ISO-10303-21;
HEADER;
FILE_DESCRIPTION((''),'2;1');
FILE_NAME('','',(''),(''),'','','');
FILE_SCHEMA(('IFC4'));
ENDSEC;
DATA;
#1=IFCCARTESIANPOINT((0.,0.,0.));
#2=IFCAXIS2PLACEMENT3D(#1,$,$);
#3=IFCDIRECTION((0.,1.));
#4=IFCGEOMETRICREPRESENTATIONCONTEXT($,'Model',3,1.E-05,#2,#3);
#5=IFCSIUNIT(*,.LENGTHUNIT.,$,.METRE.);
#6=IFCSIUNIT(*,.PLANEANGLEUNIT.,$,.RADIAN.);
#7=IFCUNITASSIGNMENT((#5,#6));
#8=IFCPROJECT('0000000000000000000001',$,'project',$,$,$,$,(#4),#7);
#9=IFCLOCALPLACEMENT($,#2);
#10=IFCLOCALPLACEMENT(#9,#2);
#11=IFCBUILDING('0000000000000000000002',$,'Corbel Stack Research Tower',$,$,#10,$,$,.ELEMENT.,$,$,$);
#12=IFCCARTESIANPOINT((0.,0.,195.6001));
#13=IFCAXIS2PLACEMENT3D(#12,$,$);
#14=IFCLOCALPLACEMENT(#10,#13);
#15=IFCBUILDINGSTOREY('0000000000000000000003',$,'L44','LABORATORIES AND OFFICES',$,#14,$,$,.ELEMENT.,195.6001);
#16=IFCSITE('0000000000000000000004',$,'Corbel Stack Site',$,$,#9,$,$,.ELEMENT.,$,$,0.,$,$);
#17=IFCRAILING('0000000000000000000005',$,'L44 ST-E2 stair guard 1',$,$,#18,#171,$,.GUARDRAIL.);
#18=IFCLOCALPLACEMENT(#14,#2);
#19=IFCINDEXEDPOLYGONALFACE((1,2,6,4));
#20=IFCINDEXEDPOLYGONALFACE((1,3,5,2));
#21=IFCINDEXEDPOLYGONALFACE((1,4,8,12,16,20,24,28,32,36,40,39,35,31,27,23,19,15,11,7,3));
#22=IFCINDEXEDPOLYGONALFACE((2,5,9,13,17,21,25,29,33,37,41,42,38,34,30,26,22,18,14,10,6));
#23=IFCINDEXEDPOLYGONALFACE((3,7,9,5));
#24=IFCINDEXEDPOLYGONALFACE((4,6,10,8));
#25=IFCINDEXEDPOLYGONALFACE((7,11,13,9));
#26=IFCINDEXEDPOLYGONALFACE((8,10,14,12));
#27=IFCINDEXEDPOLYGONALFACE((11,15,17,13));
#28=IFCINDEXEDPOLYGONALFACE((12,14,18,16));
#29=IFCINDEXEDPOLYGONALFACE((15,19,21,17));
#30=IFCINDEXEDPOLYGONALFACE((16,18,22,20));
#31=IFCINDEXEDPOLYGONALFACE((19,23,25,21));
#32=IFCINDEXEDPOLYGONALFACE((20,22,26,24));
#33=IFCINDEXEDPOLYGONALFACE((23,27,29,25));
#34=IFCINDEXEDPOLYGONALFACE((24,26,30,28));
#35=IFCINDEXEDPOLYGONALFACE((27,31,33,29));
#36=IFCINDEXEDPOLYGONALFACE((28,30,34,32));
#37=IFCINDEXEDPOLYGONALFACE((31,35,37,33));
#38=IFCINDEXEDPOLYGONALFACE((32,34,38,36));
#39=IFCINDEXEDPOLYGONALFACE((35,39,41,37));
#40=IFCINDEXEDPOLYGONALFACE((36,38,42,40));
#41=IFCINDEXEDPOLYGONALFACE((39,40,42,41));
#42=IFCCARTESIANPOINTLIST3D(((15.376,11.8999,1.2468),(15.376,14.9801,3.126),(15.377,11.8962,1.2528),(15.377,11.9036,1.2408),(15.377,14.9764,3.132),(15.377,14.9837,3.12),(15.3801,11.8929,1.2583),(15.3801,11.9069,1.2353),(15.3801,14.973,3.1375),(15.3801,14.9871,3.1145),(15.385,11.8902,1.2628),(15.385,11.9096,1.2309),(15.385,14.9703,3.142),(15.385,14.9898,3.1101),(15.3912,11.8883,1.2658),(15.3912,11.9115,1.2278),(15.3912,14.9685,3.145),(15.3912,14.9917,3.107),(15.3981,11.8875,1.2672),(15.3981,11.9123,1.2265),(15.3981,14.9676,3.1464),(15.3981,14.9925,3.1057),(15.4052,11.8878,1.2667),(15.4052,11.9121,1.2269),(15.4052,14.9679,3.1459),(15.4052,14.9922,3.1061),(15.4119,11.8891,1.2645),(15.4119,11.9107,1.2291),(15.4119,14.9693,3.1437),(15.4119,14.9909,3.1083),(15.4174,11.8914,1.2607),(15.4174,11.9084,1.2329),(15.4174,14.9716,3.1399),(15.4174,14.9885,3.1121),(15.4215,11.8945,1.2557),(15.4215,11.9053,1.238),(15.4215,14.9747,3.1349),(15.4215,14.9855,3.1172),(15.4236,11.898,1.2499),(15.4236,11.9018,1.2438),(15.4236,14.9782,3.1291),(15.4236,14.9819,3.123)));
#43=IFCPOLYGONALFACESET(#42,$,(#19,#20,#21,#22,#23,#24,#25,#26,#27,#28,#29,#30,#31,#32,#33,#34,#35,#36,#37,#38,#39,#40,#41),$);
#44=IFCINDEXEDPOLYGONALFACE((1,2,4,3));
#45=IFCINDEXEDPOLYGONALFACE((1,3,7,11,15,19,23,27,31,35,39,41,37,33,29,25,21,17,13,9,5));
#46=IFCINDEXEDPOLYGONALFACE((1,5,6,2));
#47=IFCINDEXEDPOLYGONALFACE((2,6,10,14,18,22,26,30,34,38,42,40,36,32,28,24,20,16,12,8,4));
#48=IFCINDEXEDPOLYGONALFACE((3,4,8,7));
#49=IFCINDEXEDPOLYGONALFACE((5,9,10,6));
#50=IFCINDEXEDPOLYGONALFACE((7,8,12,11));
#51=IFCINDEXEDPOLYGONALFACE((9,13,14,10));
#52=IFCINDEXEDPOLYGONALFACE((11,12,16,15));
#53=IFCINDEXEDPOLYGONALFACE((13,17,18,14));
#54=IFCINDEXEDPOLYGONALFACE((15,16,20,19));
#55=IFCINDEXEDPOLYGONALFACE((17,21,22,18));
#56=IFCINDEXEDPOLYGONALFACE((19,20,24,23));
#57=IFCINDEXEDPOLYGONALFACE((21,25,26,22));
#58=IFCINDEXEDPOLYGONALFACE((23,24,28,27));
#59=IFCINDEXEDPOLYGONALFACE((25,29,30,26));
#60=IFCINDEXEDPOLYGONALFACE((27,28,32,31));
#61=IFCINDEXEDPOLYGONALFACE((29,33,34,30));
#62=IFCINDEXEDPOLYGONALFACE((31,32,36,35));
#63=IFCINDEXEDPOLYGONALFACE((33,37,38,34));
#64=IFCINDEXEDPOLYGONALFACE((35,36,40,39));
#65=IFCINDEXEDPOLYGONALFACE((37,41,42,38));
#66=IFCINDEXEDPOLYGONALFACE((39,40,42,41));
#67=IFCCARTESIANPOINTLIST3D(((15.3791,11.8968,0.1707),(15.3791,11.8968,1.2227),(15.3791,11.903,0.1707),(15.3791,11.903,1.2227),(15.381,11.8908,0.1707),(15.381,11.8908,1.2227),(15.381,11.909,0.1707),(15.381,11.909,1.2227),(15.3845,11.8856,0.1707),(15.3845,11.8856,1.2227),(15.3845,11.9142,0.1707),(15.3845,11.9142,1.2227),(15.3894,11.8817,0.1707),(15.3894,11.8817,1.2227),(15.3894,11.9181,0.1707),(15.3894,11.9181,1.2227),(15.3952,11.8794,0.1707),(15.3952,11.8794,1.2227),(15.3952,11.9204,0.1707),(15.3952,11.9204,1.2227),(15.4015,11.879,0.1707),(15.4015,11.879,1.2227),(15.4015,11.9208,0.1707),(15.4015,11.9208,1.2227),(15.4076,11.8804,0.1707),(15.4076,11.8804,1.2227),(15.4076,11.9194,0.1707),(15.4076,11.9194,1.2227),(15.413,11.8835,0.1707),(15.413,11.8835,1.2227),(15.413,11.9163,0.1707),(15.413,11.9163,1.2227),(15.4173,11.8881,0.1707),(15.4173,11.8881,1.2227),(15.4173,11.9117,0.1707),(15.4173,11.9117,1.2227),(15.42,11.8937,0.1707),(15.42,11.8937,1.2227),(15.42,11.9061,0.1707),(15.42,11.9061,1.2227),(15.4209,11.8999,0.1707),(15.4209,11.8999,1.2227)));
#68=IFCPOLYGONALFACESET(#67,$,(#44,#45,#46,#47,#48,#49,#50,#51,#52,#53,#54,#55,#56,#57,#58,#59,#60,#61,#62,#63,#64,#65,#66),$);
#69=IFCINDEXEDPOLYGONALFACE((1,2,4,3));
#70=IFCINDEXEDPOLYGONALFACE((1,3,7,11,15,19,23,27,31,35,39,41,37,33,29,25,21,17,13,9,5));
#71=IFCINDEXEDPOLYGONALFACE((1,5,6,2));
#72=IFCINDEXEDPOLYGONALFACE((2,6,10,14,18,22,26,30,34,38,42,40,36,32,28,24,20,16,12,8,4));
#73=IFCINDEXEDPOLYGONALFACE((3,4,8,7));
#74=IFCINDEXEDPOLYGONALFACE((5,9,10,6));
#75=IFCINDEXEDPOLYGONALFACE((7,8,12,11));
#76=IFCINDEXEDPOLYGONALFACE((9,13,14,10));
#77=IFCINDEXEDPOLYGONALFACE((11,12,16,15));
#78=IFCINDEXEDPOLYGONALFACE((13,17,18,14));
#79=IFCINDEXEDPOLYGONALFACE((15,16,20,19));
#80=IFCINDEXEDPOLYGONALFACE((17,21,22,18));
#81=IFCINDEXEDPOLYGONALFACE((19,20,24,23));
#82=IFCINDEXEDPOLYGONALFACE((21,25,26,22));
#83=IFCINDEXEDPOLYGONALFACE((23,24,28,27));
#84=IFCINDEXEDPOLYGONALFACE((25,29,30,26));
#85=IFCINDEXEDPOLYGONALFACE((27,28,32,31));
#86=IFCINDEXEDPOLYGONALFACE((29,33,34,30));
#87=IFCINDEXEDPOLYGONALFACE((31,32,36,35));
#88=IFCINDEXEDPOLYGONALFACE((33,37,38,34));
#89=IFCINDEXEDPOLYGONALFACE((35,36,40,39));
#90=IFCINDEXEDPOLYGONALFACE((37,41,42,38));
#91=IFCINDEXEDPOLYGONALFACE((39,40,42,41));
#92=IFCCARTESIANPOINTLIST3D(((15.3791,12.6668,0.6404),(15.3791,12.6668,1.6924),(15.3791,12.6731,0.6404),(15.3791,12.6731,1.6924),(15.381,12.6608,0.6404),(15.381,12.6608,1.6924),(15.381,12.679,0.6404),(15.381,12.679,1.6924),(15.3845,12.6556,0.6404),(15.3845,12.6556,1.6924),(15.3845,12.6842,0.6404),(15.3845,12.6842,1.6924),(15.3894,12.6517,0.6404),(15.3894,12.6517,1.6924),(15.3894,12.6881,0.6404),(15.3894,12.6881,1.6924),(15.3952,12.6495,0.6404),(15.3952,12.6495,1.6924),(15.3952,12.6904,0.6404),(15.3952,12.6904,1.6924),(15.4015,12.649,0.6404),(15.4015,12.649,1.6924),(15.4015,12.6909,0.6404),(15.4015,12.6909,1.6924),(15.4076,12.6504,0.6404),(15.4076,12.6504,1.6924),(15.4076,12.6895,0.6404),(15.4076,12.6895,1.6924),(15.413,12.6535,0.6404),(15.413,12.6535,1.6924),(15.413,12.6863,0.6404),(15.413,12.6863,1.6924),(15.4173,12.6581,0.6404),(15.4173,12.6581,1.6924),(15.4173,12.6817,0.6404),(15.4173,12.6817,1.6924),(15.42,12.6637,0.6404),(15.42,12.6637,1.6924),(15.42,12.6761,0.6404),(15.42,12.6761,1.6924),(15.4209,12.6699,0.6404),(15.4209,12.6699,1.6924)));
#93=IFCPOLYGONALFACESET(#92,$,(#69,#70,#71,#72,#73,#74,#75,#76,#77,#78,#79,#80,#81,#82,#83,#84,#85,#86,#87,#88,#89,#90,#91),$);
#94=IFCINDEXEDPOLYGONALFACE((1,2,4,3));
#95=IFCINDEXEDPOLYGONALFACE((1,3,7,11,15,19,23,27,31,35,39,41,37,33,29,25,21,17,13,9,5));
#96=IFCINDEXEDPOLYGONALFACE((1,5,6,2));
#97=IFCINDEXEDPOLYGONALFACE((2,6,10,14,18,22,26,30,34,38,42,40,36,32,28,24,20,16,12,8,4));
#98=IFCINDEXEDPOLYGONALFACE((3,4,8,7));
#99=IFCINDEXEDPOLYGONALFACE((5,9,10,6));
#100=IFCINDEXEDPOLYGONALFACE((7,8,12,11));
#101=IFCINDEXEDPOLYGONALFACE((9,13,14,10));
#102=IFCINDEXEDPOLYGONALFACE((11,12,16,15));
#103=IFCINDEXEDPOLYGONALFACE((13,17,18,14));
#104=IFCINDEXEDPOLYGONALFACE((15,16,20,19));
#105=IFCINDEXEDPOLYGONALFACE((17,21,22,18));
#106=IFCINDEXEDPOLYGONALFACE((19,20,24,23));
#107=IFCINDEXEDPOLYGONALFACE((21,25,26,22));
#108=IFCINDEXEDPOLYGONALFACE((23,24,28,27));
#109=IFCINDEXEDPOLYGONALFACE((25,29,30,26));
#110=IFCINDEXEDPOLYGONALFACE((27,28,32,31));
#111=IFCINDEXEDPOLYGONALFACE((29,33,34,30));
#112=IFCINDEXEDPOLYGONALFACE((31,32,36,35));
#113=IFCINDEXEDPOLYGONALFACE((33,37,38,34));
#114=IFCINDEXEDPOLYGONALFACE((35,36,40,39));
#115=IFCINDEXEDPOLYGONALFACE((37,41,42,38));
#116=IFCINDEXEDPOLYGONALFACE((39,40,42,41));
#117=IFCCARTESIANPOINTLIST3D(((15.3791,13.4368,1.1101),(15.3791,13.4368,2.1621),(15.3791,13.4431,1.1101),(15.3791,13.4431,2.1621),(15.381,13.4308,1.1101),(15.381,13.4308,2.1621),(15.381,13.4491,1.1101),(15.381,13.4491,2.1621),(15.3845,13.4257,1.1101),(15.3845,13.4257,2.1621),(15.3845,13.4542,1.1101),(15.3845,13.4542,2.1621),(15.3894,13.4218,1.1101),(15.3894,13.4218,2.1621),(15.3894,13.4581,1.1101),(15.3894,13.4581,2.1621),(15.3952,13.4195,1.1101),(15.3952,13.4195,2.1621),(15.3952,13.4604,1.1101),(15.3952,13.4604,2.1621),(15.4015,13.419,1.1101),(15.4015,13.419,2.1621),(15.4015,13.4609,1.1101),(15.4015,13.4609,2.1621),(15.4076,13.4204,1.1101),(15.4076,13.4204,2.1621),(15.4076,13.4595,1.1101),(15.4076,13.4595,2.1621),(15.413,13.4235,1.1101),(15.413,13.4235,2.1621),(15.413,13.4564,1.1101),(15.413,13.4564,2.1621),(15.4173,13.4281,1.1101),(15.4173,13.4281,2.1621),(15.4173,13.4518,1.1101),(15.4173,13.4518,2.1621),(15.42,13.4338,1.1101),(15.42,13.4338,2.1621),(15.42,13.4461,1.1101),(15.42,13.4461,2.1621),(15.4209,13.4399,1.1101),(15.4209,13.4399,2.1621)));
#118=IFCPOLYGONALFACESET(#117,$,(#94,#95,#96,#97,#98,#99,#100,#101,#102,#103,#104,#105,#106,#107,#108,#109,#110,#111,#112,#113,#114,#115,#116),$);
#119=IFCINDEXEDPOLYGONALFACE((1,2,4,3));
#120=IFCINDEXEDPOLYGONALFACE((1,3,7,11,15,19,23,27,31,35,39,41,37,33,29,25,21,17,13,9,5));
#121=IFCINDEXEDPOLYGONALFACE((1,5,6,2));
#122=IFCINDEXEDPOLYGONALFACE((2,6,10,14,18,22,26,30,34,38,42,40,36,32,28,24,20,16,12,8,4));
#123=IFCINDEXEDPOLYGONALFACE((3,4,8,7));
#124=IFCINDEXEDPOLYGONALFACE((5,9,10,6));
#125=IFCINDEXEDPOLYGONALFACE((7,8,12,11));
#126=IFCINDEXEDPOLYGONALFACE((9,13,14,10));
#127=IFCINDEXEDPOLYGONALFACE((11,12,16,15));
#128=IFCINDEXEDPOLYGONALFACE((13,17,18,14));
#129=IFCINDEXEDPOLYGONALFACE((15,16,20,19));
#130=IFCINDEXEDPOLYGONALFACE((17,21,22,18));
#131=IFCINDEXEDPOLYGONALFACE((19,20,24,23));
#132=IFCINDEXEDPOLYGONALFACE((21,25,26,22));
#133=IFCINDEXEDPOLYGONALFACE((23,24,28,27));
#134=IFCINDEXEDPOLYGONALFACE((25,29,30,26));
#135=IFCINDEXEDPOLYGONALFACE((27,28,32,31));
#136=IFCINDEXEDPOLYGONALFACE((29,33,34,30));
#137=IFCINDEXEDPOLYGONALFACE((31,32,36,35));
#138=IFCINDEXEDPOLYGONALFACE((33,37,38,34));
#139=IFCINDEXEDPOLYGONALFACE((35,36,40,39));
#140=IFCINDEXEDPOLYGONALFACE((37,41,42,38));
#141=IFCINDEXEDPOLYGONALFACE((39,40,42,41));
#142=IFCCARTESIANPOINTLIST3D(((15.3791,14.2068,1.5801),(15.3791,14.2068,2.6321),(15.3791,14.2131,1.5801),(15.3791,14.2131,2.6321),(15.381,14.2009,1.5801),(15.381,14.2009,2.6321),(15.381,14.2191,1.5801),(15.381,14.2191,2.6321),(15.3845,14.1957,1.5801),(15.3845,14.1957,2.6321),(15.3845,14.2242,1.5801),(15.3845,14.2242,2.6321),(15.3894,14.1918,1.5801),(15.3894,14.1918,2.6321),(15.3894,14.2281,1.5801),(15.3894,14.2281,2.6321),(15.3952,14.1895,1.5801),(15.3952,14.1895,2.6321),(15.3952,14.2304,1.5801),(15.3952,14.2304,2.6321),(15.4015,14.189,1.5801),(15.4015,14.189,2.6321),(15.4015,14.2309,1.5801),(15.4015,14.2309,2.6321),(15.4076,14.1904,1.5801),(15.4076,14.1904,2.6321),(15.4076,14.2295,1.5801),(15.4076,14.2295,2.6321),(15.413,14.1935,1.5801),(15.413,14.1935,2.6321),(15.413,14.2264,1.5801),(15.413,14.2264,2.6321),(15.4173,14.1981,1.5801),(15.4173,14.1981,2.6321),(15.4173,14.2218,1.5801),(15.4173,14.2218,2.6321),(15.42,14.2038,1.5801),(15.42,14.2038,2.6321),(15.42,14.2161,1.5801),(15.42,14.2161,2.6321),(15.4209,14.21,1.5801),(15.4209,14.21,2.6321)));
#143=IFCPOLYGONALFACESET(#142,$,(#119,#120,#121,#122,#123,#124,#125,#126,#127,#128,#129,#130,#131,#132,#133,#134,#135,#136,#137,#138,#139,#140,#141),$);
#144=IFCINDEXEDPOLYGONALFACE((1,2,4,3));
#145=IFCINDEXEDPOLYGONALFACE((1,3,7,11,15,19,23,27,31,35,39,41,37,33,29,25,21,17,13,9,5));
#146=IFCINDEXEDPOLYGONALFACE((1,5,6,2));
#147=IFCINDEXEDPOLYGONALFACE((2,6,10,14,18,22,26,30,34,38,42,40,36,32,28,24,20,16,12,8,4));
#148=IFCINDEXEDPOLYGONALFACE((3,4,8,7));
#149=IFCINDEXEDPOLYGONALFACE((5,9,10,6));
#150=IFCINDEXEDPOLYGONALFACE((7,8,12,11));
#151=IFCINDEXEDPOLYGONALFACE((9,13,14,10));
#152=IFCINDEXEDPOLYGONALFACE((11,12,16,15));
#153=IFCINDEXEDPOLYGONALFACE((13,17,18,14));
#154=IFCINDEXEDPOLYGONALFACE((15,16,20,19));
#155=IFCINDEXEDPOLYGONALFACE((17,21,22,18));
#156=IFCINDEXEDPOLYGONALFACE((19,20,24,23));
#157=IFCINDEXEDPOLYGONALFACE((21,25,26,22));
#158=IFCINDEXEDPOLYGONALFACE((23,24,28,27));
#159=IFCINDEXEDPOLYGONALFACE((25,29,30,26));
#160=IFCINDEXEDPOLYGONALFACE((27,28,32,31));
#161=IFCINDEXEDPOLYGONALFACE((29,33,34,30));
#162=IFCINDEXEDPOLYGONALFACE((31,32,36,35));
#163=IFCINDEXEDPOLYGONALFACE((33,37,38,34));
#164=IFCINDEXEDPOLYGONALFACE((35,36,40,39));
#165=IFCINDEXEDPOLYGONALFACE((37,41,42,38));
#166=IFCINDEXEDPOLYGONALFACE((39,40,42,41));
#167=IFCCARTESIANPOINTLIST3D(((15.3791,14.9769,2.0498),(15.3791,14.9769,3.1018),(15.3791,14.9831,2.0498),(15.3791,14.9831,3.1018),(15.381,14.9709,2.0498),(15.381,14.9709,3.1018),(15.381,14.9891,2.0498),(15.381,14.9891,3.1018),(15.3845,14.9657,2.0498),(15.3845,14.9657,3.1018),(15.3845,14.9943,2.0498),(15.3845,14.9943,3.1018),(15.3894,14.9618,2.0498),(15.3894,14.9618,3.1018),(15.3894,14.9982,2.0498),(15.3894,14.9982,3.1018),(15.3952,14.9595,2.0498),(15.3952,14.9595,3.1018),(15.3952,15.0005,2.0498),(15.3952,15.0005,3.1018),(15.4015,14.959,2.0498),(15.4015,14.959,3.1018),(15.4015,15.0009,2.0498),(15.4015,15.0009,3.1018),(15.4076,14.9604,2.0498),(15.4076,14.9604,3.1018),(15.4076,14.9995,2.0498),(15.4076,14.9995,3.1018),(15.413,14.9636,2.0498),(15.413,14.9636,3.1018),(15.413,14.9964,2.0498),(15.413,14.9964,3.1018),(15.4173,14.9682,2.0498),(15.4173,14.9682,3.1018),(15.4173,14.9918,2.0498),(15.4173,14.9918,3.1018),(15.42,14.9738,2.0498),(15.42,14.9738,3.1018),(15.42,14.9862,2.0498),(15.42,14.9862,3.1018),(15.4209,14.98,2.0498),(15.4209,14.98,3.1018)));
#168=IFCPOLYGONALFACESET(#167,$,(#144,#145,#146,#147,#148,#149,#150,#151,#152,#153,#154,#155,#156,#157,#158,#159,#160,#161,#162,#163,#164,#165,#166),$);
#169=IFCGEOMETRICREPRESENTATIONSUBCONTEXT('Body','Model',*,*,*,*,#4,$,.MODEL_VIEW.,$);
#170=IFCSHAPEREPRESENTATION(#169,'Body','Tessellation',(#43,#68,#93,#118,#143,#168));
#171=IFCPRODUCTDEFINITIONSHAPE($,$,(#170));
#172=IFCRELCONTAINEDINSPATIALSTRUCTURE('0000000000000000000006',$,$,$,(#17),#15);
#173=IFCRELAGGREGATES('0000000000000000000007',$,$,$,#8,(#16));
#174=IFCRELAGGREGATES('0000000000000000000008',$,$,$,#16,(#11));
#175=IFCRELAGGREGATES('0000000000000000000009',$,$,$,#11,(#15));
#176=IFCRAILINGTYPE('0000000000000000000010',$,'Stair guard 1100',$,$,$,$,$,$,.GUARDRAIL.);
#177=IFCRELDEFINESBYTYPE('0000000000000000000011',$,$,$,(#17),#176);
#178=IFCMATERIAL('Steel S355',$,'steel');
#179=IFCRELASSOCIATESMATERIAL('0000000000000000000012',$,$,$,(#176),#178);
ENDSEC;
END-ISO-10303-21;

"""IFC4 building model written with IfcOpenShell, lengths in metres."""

from ifc_helpers import new_model, si_unit, direction, frame, origin, origin_2d, place, context, subcontext, project, spatial, circle, extrude, material, type_object, element, save


model = new_model("IFC4")

# Units and contexts
model_context = context("Model", 3, precision=1e-05, world=origin(), true_north=direction((0.0, 1.0)))
body_context = subcontext(model_context, "Body", "Model", "MODEL_VIEW")
ifc_project = project(units=[si_unit("LENGTHUNIT", "METRE"), si_unit("PLANEANGLEUNIT", "RADIAN")], contexts=[model_context])

# Site, building, storey
site_placement = place(None, origin())
site = spatial("IfcSite", under=ifc_project, at=site_placement, Name="Corbel Stack Site", CompositionType="ELEMENT", RefElevation=0.0)
building_placement = place(site_placement, origin())
building = spatial("IfcBuilding", under=site, at=building_placement, Name="Corbel Stack Research Tower", CompositionType="ELEMENT")
storey_placement = place(building_placement, frame((0.0, 0.0, 195.6001)))
storey = spatial("IfcBuildingStorey", under=building, at=storey_placement, Name="L44", Description="LABORATORIES AND OFFICES", CompositionType="ELEMENT", Elevation=195.6001)

# Railing
ifc_material_1 = material(Name="Steel S355", Category="steel")
railing_type_1 = type_object("IfcRailingType", Name="Stair guard 1100", PredefinedType="GUARDRAIL", material=ifc_material_1)
railing_1_placement = place(storey_placement, frame((15.3999, 11.8999, 0.1707)))
element("IfcRailing", 1, at=railing_1_placement, inside=storey, type_object=railing_type_1, Name="L44 ST-E2 stair guard 1", PredefinedType="GUARDRAIL", context=body_context, shape_type="SweptSolid", body=[
    extrude(circle(Radius=0.0239, at=origin_2d()), frame((0.0, 0.0, 1.0762), z_axis=(0.0, 0.853666, 0.52082), x_axis=(-1.0, 0.0, 0.0)), (0.0, 0.0, 1.0), 3.6082),
    extrude(circle(Radius=0.021, at=origin_2d()), origin(), (0.0, 0.0, 1.0), 1.052),
    extrude(circle(Radius=0.021, at=origin_2d()), frame((0.0, 0.77, 0.4697)), (0.0, 0.0, 1.0), 1.052),
    extrude(circle(Radius=0.021, at=origin_2d()), frame((0.0, 1.54, 0.9395)), (0.0, 0.0, 1.0), 1.052),
    extrude(circle(Radius=0.021, at=origin_2d()), frame((0.0, 2.3101, 1.4094)), (0.0, 0.0, 1.0), 1.052),
    extrude(circle(Radius=0.021, at=origin_2d()), frame((0.0, 3.0801, 1.8792)), (0.0, 0.0, 1.0), 1.052),
])

save(model, "model.ifc")
